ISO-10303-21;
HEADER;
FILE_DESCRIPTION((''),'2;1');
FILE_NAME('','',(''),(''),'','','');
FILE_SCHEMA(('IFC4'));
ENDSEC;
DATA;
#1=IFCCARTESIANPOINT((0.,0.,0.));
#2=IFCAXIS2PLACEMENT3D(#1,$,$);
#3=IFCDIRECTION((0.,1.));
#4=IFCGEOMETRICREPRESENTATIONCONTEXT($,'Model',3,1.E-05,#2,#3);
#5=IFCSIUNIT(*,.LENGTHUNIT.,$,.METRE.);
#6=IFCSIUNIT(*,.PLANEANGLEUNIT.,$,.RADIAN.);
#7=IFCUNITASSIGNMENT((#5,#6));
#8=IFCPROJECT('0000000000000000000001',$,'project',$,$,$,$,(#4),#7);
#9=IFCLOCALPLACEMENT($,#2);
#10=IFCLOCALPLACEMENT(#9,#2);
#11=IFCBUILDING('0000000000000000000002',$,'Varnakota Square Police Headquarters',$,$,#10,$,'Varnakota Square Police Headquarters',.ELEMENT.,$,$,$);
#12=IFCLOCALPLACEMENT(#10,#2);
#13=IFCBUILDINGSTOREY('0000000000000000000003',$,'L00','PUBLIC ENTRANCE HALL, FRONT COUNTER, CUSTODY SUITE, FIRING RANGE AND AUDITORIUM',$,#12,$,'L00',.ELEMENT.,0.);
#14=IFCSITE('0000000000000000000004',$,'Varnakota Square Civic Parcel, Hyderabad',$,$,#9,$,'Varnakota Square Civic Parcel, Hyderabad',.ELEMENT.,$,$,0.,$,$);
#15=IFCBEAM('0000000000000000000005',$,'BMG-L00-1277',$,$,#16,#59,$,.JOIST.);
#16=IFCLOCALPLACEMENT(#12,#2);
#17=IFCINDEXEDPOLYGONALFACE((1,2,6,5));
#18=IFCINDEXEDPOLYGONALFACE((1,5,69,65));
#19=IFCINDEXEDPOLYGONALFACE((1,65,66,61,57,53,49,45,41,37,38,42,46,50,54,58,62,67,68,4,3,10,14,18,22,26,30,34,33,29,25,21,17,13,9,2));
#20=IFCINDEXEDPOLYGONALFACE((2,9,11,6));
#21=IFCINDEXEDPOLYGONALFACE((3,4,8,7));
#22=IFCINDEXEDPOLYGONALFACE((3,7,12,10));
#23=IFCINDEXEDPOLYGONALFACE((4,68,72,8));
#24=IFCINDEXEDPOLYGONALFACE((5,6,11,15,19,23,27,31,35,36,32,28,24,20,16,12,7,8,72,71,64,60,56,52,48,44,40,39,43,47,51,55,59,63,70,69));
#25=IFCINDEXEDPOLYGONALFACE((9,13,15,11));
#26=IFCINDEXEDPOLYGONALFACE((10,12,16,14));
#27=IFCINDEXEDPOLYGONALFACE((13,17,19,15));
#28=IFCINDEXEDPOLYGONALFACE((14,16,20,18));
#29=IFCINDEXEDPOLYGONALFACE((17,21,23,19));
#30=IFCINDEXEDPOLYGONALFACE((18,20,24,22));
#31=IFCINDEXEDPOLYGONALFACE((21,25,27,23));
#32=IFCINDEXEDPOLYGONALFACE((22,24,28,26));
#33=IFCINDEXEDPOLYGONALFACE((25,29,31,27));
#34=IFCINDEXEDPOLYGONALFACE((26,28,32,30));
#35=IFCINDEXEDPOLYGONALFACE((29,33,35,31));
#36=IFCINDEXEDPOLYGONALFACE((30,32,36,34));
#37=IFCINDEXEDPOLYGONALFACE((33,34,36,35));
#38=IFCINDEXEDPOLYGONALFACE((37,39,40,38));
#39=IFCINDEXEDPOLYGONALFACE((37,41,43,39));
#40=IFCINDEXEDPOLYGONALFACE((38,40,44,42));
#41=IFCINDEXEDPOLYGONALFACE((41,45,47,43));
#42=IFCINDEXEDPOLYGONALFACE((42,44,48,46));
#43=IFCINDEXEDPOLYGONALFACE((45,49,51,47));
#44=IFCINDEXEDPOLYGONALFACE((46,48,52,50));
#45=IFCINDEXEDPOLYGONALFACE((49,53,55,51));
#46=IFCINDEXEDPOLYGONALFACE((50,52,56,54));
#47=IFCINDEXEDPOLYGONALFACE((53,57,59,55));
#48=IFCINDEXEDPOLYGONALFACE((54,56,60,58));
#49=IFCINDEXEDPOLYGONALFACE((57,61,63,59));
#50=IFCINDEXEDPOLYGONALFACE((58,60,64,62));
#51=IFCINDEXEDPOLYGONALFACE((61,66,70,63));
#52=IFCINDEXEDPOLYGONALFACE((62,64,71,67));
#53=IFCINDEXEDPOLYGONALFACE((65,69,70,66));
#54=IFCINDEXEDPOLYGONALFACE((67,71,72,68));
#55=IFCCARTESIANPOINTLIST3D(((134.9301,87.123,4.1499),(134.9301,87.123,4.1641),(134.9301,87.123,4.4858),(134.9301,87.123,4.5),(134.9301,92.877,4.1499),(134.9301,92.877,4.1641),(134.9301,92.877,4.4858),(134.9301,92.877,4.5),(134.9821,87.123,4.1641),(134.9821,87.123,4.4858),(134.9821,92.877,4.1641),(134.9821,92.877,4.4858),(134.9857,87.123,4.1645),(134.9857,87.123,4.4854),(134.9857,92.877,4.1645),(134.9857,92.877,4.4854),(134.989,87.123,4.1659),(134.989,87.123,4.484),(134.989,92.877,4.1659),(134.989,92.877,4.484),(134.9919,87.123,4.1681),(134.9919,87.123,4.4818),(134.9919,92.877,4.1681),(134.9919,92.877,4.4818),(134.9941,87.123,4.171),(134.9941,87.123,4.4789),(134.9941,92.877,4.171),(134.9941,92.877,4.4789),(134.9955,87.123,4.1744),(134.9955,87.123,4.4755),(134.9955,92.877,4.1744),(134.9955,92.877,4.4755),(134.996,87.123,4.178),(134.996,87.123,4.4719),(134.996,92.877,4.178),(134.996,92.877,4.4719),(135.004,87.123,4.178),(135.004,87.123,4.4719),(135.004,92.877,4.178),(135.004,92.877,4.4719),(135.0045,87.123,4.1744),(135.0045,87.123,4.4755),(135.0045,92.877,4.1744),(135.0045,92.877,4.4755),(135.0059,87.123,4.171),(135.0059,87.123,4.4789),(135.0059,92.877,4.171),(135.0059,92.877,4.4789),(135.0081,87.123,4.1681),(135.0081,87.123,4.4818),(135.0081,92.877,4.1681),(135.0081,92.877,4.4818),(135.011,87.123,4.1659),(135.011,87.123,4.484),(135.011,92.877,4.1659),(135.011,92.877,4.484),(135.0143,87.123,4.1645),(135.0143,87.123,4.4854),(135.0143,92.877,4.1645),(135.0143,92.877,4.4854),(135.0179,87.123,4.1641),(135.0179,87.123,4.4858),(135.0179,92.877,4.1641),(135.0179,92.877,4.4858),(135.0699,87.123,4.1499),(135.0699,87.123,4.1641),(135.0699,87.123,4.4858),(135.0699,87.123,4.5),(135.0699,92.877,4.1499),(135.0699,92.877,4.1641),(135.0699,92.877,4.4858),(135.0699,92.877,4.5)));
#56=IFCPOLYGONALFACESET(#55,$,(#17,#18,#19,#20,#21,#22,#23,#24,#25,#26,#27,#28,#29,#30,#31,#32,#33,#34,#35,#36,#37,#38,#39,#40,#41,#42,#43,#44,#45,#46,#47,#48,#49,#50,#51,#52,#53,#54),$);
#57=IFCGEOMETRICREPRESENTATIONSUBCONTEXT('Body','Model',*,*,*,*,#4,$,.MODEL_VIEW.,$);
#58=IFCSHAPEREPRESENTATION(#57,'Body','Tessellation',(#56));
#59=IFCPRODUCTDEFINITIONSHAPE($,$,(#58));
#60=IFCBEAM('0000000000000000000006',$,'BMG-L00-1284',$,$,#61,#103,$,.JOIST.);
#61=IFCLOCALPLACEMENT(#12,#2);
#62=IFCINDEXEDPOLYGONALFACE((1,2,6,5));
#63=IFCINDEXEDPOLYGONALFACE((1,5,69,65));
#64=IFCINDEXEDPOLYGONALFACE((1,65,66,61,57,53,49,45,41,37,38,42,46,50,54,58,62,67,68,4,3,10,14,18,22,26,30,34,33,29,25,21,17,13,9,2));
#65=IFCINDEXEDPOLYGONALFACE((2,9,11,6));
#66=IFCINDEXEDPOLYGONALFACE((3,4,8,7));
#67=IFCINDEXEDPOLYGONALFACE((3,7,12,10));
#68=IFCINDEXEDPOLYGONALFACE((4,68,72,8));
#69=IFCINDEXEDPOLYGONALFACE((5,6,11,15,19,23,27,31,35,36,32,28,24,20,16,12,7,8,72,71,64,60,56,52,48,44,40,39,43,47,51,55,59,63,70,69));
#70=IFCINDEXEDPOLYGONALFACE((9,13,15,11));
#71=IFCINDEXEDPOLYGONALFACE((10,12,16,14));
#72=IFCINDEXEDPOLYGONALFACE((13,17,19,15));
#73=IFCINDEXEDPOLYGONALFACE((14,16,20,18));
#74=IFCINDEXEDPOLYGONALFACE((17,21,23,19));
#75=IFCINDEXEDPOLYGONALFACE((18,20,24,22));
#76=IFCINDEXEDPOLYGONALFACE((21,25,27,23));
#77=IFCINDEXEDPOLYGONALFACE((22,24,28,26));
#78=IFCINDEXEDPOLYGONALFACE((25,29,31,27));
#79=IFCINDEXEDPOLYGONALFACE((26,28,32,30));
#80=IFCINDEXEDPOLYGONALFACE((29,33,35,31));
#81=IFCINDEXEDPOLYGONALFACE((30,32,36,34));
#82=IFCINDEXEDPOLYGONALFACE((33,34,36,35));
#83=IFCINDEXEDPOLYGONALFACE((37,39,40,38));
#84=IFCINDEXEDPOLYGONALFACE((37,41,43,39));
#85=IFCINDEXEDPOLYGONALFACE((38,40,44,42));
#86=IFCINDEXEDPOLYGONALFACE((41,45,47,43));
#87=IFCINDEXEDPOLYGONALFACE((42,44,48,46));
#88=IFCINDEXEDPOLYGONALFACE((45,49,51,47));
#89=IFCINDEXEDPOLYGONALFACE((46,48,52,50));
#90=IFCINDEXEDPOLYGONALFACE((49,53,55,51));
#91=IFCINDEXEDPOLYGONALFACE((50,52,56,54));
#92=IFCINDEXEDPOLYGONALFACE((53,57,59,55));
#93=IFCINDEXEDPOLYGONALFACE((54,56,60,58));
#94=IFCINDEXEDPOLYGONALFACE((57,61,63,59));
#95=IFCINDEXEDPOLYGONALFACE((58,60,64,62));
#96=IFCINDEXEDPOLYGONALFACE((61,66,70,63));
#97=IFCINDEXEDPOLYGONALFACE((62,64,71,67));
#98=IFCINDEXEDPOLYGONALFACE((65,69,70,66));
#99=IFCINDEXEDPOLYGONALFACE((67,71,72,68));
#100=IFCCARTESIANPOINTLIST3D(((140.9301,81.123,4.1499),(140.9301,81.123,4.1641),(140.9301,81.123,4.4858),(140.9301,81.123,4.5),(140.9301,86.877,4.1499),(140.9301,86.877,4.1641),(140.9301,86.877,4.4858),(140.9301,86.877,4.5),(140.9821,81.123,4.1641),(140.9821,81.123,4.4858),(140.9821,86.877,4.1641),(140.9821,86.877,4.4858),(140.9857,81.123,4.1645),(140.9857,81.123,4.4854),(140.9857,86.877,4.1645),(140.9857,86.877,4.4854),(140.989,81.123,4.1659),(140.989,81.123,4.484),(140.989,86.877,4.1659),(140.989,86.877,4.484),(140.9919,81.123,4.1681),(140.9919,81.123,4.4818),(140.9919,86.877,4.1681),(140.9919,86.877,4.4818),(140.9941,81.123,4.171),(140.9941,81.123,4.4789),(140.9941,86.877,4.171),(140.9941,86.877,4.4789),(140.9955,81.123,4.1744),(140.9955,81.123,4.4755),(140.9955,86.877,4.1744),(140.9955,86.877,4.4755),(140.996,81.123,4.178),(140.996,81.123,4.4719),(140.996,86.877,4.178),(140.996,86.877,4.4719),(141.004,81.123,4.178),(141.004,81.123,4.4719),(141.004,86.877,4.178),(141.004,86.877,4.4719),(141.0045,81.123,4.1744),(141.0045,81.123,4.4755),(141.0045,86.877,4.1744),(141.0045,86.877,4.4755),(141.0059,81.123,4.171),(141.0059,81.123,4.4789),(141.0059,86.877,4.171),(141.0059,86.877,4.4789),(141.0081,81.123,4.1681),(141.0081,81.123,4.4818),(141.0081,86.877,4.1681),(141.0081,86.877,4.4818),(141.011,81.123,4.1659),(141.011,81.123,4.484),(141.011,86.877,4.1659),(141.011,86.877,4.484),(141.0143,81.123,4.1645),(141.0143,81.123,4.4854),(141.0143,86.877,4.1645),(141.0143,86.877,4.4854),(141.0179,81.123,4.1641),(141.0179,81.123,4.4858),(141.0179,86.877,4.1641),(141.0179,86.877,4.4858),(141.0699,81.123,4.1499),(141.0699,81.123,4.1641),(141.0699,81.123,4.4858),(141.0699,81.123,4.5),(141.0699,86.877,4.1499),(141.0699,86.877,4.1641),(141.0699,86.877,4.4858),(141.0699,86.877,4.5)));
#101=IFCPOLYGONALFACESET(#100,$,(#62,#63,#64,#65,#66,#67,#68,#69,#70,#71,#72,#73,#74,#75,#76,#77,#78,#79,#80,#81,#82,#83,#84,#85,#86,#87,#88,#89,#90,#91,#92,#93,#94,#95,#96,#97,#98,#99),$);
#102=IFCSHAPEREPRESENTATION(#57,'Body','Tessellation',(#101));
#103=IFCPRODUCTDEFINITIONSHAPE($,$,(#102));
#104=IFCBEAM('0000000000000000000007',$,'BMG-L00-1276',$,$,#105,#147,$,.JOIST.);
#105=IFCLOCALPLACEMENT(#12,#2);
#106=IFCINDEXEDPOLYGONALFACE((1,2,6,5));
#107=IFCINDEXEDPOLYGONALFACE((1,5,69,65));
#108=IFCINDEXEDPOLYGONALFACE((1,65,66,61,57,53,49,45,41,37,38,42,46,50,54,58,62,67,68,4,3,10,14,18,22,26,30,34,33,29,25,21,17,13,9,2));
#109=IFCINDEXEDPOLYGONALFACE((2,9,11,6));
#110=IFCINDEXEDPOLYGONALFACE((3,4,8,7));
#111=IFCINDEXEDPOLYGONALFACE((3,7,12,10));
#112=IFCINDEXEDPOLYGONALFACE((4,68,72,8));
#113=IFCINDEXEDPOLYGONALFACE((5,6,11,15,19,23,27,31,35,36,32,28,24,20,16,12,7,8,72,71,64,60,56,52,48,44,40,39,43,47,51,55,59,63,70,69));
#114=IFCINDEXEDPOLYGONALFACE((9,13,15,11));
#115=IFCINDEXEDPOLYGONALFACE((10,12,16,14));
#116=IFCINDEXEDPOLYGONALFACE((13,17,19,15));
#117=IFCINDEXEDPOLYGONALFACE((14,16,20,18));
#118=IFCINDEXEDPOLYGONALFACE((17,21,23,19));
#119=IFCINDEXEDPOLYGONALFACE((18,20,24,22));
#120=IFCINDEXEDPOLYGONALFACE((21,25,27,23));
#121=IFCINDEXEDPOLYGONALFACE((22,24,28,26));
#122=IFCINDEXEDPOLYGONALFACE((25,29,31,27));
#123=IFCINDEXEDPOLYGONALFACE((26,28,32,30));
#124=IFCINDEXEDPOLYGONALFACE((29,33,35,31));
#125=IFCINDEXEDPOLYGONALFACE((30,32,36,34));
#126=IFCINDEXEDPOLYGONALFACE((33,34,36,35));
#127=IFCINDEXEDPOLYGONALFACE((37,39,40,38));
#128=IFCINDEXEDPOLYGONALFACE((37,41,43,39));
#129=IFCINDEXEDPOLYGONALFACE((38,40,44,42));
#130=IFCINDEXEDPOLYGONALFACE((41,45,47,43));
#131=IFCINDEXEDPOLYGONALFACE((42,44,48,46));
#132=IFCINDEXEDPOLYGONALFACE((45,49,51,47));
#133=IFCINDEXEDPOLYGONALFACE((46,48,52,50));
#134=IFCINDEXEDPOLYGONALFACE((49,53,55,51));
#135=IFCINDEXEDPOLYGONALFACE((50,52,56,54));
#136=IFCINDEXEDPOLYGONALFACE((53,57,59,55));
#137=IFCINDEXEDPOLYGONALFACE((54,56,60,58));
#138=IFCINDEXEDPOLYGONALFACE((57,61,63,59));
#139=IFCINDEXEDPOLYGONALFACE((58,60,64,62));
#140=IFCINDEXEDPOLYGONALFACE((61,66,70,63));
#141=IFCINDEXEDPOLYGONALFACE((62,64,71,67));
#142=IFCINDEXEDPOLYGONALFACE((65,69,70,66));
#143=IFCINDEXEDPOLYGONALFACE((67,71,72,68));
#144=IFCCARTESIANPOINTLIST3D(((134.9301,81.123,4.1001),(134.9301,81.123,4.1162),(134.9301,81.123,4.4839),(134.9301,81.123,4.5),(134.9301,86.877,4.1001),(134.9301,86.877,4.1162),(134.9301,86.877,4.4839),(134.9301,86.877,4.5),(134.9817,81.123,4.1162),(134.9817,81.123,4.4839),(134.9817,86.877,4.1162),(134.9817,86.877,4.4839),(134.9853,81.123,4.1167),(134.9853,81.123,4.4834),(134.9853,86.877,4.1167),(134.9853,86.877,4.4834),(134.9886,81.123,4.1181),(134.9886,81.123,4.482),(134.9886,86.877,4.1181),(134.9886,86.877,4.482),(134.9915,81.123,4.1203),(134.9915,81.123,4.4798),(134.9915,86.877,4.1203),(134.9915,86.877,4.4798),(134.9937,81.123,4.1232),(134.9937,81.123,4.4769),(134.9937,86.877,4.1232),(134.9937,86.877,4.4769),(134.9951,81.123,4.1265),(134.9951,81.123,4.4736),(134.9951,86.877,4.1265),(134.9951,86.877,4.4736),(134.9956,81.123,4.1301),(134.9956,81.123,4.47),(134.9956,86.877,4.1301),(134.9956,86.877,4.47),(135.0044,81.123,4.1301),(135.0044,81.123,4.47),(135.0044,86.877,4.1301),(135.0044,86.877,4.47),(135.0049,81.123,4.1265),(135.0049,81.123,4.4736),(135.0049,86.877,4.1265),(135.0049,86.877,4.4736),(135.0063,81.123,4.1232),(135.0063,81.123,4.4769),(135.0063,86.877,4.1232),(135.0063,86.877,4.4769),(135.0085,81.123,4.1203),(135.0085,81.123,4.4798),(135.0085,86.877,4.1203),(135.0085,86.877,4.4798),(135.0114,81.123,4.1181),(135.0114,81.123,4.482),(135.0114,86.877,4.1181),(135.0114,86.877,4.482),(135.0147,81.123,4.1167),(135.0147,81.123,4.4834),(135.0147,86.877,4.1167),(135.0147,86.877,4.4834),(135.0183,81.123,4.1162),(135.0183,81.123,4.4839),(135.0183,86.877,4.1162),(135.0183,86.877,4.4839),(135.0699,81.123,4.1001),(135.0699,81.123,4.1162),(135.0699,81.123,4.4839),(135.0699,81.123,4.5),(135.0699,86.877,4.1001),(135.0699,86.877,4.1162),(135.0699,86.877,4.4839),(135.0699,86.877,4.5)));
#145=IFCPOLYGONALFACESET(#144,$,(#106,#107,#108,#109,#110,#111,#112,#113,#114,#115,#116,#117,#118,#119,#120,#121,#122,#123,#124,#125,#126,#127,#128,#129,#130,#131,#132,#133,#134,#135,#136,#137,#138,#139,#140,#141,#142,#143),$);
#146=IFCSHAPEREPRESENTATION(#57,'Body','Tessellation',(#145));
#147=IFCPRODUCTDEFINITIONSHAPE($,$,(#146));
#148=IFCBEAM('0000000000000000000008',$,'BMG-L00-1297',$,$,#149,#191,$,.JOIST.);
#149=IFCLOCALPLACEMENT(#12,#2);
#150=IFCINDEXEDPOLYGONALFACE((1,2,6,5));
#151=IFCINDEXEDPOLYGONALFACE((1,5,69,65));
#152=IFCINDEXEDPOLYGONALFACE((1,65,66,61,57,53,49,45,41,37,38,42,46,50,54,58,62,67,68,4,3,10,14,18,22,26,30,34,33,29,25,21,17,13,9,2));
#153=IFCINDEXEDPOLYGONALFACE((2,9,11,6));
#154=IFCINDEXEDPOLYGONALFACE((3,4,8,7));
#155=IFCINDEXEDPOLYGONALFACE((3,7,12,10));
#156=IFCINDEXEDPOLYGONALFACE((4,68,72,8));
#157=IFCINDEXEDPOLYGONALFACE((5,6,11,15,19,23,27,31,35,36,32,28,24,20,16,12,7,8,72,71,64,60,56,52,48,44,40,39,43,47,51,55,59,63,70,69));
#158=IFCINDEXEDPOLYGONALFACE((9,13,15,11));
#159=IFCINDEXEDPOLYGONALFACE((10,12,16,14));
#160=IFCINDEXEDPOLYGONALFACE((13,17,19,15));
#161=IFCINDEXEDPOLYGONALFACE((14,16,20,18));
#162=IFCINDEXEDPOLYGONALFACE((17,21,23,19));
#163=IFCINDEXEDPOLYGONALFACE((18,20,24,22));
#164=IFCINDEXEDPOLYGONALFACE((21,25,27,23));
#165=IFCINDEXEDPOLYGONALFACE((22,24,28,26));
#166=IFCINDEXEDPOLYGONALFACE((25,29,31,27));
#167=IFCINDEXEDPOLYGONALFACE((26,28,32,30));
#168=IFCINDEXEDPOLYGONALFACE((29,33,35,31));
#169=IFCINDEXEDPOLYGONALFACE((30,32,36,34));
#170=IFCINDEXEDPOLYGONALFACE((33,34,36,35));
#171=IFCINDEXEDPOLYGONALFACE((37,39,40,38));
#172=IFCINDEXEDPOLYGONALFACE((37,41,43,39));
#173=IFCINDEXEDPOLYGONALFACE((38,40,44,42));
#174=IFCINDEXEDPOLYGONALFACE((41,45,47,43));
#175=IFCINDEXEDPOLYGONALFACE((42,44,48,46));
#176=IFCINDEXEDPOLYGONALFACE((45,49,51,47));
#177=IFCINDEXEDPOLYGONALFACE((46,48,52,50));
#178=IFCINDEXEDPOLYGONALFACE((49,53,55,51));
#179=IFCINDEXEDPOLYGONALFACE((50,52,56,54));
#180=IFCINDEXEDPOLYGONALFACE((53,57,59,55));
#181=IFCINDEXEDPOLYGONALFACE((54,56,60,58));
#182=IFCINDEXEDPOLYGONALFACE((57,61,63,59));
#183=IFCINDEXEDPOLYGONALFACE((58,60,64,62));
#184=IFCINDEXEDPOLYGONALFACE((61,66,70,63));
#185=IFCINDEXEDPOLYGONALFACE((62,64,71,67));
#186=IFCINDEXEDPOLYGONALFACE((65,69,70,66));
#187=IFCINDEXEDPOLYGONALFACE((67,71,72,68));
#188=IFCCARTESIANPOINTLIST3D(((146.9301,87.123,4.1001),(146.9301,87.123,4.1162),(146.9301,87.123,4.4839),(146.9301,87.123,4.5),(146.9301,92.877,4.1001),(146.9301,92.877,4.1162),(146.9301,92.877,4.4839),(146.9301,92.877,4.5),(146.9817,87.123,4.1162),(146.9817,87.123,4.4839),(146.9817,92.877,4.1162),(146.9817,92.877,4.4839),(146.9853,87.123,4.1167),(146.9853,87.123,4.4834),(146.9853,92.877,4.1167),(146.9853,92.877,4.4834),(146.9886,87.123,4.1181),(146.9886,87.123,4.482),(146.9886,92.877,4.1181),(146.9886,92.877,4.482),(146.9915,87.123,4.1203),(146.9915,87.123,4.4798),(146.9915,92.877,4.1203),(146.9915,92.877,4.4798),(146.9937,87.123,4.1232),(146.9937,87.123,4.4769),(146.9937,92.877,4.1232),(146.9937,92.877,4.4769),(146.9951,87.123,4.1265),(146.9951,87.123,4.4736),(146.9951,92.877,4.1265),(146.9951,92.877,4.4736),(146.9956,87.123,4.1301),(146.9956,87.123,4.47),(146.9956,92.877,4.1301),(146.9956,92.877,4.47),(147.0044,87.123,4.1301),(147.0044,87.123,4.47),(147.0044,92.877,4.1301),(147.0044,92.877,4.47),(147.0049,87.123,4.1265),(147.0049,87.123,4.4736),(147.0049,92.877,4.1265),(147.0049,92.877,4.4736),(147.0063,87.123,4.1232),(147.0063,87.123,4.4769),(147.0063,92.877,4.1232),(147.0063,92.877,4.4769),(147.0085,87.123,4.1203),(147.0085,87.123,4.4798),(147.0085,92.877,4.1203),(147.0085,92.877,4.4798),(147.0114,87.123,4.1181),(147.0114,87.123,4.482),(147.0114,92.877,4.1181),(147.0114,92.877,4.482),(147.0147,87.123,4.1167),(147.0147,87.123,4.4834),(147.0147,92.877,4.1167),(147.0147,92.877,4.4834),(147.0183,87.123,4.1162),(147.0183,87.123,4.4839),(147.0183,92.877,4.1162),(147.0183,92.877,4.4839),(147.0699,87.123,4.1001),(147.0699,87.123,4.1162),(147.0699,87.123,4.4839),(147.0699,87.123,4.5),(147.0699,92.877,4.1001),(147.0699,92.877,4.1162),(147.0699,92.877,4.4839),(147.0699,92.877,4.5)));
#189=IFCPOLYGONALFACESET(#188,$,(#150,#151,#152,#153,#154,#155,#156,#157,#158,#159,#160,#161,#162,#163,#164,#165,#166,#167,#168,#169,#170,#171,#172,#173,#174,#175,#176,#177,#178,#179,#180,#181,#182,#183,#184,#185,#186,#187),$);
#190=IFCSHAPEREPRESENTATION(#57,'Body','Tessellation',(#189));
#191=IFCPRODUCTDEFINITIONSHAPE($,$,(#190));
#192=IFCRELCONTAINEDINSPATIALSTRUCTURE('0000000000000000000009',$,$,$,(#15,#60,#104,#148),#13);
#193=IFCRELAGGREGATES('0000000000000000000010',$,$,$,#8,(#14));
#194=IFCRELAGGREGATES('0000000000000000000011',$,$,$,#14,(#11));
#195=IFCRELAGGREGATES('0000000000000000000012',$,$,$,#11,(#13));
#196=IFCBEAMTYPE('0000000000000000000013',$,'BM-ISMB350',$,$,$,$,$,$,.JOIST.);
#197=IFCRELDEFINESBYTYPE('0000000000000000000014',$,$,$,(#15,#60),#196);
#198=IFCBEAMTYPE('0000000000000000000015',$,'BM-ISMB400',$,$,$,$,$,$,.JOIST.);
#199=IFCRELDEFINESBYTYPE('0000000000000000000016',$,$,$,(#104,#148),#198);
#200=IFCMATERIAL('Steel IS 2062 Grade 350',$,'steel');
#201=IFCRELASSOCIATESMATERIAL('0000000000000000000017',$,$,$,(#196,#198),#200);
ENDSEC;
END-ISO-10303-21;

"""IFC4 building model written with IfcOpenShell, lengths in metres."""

from ifc_helpers import new_model, si_unit, direction, frame, origin, origin_2d, place, context, subcontext, project, spatial, i_section, extrude, material, material_profile, profile_set, type_object, element, save


model = new_model("IFC4")

# Units and contexts
model_context = context("Model", 3, precision=1e-05, world=origin(), true_north=direction((0.0, 1.0)))
body_context = subcontext(model_context, "Body", "Model", "MODEL_VIEW")
ifc_project = project(units=[si_unit("LENGTHUNIT", "METRE"), si_unit("PLANEANGLEUNIT", "RADIAN")], contexts=[model_context])

# Site, building, storey
site_placement = place(None, origin())
site = spatial("IfcSite", under=ifc_project, at=site_placement, Name="Varnakota Square Civic Parcel, Hyderabad", LongName="Varnakota Square Civic Parcel, Hyderabad", CompositionType="ELEMENT", RefElevation=0.0)
building_placement = place(site_placement, origin())
building = spatial("IfcBuilding", under=site, at=building_placement, Name="Varnakota Square Police Headquarters", LongName="Varnakota Square Police Headquarters", CompositionType="ELEMENT")
storey_placement = place(building_placement, origin())
storey = spatial("IfcBuildingStorey", under=building, at=storey_placement, Name="L00", Description="PUBLIC ENTRANCE HALL, FRONT COUNTER, CUSTODY SUITE, FIRING RANGE AND AUDITORIUM", LongName="L00", CompositionType="ELEMENT", Elevation=0.0)

# Beams
ifc_material_1 = material(Name="Steel IS 2062 Grade 350", Category="steel")
ifc_material_profile_1 = material_profile(ifc_material_1, i_section(OverallWidth=0.1399, OverallDepth=0.3501, WebThickness=0.0081, FlangeThickness=0.0142, FilletRadius=0.0139, at=origin_2d()), Name="ISMB 350")
ifc_profile_set_1 = profile_set([ifc_material_profile_1], Name="Steel IS 2062 Grade 350")
beam_type_1 = type_object("IfcBeamType", Name="BM-ISMB350", PredefinedType="JOIST", material=ifc_profile_set_1)
for number, where, z_axis, x_axis, name in (
    (1, (135.0, 87.123, 4.325), (0.0, 1.0, 0.0), (-1.0, 0.0, 0.0), "BMG-L00-1277"),
    (2, (141.0, 81.123, 4.325), (0.0, 1.0, 0.0), (-1.0, 0.0, 0.0), "BMG-L00-1284"),
):
    element("IfcBeam", number, at=place(storey_placement, frame(where, z_axis=z_axis, x_axis=x_axis)), inside=storey, type_object=beam_type_1, Name=name, PredefinedType="JOIST", context=body_context, shape_type="SweptSolid", body=[
        extrude(i_section(OverallWidth=0.1399, OverallDepth=0.3501, WebThickness=0.0081, FlangeThickness=0.0142, FilletRadius=0.0139, at=origin_2d()), origin(), (0.0, 0.0, 1.0), 5.7539),
    ])
ifc_material_profile_2 = material_profile(ifc_material_1, i_section(OverallWidth=0.1399, OverallDepth=0.3999, WebThickness=0.0088, FlangeThickness=0.0161, FilletRadius=0.0139, at=origin_2d()), Name="ISMB 400")
ifc_profile_set_2 = profile_set([ifc_material_profile_2], Name="Steel IS 2062 Grade 350")
beam_type_2 = type_object("IfcBeamType", Name="BM-ISMB400", PredefinedType="JOIST", material=ifc_profile_set_2)
for number, where, z_axis, x_axis, name in (
    (3, (135.0, 81.123, 4.3), (0.0, 1.0, 0.0), (-1.0, 0.0, 0.0), "BMG-L00-1276"),
    (4, (147.0, 87.123, 4.3), (0.0, 1.0, 0.0), (-1.0, 0.0, 0.0), "BMG-L00-1297"),
):
    element("IfcBeam", number, at=place(storey_placement, frame(where, z_axis=z_axis, x_axis=x_axis)), inside=storey, type_object=beam_type_2, Name=name, PredefinedType="JOIST", context=body_context, shape_type="SweptSolid", body=[
        extrude(i_section(OverallWidth=0.1399, OverallDepth=0.3999, WebThickness=0.0088, FlangeThickness=0.0161, FilletRadius=0.0139, at=origin_2d()), origin(), (0.0, 0.0, 1.0), 5.7539),
    ])

save(model, "model.ifc")
